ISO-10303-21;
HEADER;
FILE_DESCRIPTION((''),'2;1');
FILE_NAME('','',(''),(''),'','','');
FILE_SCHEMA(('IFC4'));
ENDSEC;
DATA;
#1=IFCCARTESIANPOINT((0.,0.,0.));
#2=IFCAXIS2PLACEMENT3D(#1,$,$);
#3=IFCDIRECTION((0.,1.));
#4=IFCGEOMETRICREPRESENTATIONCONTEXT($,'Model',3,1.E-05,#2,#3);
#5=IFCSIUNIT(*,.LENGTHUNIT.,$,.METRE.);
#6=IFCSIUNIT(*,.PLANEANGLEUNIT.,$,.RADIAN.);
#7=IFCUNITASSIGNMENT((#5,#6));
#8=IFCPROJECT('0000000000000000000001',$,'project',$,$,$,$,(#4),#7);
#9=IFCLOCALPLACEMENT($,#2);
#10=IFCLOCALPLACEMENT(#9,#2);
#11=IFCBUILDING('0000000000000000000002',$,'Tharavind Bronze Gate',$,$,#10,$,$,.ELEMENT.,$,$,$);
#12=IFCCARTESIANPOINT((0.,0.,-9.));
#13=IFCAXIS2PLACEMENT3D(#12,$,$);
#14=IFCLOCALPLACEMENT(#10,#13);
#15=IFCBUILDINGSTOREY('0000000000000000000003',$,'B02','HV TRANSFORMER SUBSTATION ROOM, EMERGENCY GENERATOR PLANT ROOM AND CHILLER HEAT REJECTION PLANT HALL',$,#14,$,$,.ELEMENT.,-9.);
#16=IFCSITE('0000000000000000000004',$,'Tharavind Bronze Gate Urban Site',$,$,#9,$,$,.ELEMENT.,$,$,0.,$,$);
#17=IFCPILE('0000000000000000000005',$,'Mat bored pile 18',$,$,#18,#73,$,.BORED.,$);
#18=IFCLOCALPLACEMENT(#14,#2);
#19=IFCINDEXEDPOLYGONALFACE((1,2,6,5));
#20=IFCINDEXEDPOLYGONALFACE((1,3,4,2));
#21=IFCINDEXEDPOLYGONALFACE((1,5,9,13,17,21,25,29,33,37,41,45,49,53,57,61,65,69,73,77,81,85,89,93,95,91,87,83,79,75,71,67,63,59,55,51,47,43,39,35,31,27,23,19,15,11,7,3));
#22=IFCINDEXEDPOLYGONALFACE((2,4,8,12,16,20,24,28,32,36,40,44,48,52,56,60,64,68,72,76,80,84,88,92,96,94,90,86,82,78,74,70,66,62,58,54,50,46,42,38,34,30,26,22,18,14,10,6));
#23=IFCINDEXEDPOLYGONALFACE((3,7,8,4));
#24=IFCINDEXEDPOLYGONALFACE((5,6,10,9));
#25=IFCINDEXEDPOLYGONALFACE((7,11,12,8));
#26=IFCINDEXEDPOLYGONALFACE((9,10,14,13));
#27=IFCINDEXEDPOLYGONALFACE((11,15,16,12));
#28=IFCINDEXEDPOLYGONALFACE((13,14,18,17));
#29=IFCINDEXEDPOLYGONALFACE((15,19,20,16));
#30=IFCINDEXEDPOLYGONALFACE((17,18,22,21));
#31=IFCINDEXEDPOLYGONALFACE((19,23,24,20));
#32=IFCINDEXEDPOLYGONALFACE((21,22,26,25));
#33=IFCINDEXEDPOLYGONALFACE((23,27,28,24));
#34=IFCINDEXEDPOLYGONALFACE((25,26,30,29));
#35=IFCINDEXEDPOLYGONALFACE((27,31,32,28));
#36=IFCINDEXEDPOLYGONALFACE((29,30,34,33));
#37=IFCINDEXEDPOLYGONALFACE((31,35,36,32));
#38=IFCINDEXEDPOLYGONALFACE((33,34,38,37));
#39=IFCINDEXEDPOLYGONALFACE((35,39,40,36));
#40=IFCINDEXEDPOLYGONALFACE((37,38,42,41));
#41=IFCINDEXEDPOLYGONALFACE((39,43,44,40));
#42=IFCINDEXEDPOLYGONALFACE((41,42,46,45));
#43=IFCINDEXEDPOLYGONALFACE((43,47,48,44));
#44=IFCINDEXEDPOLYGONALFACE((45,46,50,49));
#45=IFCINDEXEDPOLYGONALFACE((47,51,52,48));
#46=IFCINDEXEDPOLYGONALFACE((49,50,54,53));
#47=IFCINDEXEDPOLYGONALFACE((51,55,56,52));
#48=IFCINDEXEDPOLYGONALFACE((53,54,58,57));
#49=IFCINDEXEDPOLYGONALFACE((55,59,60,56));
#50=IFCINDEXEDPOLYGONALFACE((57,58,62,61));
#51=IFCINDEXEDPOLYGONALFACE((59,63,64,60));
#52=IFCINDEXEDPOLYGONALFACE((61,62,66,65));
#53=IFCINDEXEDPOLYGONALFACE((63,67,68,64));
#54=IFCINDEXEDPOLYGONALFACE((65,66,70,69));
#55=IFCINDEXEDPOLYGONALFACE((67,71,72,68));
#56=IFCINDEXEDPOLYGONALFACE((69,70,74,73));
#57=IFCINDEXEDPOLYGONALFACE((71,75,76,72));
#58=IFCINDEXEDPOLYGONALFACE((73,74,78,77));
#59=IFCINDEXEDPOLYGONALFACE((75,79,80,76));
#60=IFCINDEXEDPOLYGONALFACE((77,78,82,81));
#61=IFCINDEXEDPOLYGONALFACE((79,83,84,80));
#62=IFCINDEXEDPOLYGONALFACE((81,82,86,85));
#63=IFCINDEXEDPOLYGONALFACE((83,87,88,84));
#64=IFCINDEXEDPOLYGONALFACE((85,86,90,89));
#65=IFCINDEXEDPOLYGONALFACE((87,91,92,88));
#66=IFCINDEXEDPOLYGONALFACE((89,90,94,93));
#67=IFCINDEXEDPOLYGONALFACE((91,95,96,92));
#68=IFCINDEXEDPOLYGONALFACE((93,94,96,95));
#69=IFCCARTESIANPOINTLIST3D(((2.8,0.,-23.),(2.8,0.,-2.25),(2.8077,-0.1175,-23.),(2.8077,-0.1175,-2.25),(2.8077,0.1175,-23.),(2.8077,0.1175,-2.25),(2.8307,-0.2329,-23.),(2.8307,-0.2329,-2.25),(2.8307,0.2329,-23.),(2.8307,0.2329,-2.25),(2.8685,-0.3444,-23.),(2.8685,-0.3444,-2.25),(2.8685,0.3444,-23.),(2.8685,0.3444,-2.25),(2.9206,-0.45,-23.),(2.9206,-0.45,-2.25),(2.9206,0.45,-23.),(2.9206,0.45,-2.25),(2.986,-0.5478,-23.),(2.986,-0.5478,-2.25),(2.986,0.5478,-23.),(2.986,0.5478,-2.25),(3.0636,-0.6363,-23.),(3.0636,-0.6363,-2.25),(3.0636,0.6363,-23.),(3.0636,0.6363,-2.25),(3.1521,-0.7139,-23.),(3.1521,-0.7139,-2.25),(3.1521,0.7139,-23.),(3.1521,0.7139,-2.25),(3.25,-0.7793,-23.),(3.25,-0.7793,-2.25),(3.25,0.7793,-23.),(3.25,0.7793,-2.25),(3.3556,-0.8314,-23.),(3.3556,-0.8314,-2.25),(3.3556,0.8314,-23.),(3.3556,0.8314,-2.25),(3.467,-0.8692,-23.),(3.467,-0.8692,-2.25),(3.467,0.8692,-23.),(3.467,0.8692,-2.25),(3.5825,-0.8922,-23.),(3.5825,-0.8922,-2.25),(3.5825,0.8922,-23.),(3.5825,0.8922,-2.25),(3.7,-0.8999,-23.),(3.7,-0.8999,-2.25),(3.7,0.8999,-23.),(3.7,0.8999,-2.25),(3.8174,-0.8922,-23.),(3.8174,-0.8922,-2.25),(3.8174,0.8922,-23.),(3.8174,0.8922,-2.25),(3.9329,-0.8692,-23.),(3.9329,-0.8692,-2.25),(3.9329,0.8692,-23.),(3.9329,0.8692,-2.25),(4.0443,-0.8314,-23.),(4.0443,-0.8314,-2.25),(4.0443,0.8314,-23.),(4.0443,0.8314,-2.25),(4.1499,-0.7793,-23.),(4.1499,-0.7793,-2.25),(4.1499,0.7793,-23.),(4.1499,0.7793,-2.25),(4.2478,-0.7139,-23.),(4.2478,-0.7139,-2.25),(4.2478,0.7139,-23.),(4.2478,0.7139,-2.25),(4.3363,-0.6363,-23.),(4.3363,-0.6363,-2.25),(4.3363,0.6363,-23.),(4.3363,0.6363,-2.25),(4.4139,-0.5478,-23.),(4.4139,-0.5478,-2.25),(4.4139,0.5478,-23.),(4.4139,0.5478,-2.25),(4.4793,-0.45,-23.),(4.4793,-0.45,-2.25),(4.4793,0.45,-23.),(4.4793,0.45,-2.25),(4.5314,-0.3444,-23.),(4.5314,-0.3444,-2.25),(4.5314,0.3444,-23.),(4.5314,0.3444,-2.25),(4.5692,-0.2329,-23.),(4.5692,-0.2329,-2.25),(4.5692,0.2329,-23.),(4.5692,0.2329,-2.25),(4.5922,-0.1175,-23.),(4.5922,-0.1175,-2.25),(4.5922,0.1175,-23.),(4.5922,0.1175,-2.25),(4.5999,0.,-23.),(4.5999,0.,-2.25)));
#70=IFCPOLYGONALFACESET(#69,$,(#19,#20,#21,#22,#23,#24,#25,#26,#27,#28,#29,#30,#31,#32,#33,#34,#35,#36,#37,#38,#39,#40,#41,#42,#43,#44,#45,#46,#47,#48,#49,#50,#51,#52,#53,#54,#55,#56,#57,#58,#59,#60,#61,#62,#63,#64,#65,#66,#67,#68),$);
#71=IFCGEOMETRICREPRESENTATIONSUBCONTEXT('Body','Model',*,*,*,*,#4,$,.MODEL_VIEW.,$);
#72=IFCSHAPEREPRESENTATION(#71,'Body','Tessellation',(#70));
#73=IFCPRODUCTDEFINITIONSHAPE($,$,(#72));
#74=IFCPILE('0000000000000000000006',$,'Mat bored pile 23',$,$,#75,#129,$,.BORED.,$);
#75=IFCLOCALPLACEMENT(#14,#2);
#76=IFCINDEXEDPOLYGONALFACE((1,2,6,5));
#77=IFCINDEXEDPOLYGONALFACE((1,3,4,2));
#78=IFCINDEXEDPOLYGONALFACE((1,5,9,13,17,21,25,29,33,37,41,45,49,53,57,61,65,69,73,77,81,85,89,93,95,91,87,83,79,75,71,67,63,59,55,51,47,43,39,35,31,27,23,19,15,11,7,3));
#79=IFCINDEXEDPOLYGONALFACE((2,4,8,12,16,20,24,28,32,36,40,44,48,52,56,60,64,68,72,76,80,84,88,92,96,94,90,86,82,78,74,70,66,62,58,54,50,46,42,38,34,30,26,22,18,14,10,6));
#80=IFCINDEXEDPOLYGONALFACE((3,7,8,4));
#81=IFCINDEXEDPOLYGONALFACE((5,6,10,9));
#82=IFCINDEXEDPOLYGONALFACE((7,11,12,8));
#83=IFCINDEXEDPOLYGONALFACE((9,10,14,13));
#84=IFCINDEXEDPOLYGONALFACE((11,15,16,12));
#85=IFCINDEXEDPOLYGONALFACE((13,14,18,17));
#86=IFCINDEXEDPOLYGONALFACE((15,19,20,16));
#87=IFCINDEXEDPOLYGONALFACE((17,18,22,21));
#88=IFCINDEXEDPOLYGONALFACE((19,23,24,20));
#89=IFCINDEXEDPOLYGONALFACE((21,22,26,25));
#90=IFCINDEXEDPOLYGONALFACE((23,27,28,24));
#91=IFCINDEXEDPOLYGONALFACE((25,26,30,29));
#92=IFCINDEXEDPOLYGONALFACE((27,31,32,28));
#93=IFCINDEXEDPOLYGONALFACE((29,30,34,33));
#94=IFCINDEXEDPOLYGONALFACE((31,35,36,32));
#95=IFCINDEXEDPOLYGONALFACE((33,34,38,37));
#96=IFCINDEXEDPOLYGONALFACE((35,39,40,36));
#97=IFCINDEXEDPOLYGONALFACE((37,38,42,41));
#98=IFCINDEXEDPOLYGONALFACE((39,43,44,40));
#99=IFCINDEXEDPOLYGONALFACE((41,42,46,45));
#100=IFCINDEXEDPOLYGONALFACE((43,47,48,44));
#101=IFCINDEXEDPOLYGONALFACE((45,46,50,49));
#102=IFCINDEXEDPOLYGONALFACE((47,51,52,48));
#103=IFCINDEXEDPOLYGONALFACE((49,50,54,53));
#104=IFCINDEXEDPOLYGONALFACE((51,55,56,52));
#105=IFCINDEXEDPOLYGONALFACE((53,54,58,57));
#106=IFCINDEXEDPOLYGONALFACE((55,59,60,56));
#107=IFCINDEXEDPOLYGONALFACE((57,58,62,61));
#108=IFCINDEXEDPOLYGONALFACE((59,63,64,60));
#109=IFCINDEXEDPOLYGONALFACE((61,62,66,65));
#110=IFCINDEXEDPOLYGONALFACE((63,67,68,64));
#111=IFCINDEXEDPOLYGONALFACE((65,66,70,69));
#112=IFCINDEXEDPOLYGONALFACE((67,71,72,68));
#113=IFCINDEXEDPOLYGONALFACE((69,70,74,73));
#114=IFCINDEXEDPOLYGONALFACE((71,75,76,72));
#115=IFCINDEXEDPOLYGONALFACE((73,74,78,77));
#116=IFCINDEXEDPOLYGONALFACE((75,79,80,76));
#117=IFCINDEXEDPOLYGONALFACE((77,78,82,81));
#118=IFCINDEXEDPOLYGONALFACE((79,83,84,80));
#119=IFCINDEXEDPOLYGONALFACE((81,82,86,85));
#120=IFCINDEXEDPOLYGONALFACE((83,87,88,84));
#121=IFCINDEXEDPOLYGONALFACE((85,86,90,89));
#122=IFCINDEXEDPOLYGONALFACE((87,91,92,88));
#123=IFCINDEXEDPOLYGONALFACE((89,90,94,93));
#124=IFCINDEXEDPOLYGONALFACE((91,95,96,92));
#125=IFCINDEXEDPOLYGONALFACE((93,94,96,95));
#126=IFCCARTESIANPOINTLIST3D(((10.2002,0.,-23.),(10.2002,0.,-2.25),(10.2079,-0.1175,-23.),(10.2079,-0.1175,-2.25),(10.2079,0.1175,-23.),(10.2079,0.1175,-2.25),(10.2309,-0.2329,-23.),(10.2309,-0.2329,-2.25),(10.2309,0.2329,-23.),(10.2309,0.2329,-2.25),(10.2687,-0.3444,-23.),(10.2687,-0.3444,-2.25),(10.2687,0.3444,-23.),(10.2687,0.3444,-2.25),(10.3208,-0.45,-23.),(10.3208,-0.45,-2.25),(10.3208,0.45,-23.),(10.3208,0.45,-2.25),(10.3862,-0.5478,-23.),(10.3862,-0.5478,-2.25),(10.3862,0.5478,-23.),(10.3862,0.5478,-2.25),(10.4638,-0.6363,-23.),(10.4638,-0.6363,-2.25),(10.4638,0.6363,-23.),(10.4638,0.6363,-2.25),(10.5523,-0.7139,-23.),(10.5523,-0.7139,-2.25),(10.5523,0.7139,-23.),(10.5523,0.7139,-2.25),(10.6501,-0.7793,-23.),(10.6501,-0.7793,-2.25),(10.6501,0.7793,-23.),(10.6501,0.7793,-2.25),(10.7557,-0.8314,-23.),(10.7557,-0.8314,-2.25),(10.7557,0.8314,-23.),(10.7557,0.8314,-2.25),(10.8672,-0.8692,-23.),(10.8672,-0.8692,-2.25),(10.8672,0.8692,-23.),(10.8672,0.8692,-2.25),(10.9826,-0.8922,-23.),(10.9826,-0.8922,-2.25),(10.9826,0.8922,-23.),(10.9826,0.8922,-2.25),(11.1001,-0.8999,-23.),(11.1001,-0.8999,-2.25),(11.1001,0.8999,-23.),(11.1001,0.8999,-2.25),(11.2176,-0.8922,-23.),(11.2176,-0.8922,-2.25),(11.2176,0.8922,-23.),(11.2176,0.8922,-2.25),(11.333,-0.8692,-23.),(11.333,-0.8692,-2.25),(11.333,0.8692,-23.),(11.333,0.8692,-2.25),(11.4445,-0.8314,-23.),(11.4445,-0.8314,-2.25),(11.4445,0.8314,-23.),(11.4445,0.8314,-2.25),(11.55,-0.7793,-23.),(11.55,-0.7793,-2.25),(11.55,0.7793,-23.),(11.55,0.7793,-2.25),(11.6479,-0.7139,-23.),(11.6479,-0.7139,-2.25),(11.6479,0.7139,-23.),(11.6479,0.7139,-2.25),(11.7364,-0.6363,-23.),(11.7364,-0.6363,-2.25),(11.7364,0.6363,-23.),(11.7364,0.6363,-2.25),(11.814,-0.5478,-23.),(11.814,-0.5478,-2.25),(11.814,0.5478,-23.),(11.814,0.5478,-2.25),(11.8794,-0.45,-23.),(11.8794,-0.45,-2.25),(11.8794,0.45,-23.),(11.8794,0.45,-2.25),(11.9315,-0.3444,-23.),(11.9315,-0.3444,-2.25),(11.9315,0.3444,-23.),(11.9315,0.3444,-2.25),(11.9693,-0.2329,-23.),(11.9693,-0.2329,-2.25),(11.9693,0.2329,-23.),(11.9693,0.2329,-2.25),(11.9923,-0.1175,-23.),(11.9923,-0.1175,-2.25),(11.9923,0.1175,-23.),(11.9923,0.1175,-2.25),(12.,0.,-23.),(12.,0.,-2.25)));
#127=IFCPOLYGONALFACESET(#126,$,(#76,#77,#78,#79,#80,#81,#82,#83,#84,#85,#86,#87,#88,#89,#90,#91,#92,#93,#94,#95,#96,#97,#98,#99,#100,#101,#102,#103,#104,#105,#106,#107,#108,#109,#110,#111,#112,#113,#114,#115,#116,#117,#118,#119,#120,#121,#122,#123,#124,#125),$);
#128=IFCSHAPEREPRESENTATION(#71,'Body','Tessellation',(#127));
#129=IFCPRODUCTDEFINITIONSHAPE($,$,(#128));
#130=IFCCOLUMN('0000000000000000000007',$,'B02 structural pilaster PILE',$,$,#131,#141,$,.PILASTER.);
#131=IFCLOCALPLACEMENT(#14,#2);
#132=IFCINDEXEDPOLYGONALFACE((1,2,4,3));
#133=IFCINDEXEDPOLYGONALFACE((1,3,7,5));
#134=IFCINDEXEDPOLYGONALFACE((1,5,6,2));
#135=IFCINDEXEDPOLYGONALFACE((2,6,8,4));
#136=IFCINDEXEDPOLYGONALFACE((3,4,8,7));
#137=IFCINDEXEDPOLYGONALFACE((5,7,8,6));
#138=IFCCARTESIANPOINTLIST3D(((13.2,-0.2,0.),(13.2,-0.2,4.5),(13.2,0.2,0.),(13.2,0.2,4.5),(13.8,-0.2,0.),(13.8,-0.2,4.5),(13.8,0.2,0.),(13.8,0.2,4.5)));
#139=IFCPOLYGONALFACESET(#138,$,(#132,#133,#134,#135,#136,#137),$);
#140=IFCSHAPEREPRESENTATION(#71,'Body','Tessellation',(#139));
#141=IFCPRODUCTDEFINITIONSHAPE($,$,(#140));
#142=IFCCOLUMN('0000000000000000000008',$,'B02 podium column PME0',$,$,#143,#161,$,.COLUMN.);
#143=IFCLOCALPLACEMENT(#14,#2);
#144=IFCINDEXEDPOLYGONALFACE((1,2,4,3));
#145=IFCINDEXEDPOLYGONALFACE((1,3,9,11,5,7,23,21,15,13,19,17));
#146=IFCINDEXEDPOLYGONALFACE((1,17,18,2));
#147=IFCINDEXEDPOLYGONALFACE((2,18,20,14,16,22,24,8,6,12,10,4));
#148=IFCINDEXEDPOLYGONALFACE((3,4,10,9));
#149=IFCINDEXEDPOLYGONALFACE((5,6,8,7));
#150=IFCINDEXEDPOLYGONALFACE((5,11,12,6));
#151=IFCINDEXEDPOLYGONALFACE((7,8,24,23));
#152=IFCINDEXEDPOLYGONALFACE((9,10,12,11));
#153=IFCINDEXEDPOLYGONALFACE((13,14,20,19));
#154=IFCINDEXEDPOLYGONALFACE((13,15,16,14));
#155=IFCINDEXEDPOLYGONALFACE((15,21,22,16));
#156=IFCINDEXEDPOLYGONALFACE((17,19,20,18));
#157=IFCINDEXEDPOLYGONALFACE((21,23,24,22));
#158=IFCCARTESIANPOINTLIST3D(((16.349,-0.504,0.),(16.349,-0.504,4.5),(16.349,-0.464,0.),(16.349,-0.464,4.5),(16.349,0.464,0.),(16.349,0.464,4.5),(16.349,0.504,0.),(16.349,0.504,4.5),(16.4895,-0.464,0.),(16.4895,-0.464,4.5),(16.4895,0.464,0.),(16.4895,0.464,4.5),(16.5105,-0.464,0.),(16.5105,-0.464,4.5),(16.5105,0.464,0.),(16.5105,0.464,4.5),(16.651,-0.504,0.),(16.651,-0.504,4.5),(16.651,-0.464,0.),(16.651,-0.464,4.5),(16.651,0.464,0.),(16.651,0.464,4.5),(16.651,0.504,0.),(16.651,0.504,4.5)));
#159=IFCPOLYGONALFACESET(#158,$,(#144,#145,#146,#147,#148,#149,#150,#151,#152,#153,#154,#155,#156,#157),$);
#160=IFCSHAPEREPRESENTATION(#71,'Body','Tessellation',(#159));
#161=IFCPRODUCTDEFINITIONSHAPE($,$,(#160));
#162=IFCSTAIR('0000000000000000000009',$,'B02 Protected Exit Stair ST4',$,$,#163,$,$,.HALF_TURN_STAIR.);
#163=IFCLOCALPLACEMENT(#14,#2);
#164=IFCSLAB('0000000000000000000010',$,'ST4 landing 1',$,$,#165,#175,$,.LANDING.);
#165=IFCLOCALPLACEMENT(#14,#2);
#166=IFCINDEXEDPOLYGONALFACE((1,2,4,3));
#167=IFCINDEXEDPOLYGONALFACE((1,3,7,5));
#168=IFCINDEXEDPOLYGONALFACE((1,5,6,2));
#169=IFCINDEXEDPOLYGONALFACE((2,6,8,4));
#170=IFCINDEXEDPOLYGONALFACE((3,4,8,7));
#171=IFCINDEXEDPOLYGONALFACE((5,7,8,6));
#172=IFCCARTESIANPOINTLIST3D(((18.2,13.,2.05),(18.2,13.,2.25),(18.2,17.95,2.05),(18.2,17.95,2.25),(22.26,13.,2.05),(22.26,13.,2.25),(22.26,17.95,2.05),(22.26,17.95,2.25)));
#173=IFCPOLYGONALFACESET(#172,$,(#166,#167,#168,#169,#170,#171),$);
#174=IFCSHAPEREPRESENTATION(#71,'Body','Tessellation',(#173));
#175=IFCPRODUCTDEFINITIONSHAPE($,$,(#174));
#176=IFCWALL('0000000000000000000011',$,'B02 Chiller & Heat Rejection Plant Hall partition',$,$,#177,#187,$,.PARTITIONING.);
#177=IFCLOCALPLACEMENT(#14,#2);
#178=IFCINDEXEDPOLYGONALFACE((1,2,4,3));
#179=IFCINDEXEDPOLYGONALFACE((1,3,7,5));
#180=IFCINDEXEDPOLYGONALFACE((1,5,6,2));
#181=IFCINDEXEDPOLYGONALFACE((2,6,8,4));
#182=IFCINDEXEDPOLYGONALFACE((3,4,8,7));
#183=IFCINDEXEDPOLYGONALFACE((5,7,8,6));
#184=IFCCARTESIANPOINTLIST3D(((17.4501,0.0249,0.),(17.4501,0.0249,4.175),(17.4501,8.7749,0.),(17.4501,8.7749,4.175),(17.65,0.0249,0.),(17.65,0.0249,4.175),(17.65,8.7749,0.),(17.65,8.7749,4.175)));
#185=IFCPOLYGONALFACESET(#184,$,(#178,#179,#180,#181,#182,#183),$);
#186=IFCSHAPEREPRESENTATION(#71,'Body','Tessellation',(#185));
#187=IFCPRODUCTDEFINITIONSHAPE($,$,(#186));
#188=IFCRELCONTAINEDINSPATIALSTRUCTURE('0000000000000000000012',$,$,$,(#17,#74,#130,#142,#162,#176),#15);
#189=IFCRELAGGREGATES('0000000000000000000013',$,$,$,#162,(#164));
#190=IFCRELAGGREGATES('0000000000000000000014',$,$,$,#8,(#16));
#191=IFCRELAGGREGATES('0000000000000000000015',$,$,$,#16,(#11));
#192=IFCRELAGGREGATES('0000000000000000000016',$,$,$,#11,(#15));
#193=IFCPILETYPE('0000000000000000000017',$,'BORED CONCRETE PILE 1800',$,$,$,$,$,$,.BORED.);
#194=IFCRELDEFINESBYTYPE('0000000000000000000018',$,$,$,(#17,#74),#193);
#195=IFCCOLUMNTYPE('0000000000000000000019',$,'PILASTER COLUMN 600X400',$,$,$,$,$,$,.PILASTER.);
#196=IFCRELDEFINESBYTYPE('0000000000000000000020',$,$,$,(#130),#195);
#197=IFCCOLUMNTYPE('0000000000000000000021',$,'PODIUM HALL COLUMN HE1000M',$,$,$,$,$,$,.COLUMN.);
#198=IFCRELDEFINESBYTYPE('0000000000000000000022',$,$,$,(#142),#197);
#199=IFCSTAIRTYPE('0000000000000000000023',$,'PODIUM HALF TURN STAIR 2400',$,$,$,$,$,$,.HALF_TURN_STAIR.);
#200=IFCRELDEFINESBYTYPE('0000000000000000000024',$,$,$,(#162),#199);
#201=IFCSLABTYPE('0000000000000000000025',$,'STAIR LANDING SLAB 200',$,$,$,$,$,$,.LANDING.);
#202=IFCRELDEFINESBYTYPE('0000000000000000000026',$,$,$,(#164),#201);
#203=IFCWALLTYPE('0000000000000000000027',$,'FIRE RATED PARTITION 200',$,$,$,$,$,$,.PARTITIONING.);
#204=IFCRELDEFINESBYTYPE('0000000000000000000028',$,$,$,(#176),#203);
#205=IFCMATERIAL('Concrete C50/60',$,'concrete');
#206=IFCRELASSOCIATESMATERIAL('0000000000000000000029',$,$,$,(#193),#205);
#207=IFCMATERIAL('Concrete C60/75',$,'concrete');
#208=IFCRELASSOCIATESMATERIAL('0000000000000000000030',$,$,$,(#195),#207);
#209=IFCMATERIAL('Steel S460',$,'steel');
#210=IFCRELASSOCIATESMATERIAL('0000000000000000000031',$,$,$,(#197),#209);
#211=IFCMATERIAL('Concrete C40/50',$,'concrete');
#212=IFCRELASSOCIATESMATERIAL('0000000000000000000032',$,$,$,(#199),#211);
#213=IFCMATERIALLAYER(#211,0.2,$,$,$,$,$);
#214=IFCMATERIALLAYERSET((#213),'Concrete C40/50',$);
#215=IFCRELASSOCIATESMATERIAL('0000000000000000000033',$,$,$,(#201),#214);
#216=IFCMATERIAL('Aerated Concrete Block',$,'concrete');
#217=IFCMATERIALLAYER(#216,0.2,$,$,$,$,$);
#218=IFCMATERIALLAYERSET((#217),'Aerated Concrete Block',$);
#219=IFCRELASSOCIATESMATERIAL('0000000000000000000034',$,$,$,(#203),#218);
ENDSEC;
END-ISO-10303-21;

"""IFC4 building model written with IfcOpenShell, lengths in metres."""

from ifc_helpers import new_model, si_unit, direction, frame, frame_2d, origin, origin_2d, place, context, subcontext, project, spatial, polyline, rectangle, circle, i_section, outline, extrude, material, layer, layer_set, material_profile, profile_set, type_object, element, aggregate, save


model = new_model("IFC4")

# Units and contexts
model_context = context("Model", 3, precision=1e-05, world=origin(), true_north=direction((0.0, 1.0)))
body_context = subcontext(model_context, "Body", "Model", "MODEL_VIEW")
ifc_project = project(units=[si_unit("LENGTHUNIT", "METRE"), si_unit("PLANEANGLEUNIT", "RADIAN")], contexts=[model_context])

# Site, building, storey
site_placement = place(None, origin())
site = spatial("IfcSite", under=ifc_project, at=site_placement, Name="Tharavind Bronze Gate Urban Site", CompositionType="ELEMENT", RefElevation=0.0)
building_placement = place(site_placement, origin())
building = spatial("IfcBuilding", under=site, at=building_placement, Name="Tharavind Bronze Gate", CompositionType="ELEMENT")
storey_placement = place(building_placement, frame((0.0, 0.0, -9.0)))
storey = spatial("IfcBuildingStorey", under=building, at=storey_placement, Name="B02", Description="HV TRANSFORMER SUBSTATION ROOM, EMERGENCY GENERATOR PLANT ROOM AND CHILLER HEAT REJECTION PLANT HALL", CompositionType="ELEMENT", Elevation=-9.0)

# Piles
ifc_material_1 = material(Name="Concrete C50/60", Category="concrete")
ifc_material_profile_1 = material_profile(ifc_material_1, circle(Radius=0.8999, at=origin_2d()), Name="PILE1800")
ifc_profile_set_1 = profile_set([ifc_material_profile_1], Name="Concrete C50/60")
pile_type = type_object("IfcPileType", Name="BORED CONCRETE PILE 1800", PredefinedType="BORED", material=ifc_profile_set_1)
for number, where, z_axis, x_axis, name in (
    (1, (3.7, 0.0, -2.25), (0.0, 0.0, -1.0), (1.0, 0.0, 0.0), "Mat bored pile 18"),
    (2, (11.1001, 0.0, -2.25), (0.0, 0.0, -1.0), (1.0, 0.0, 0.0), "Mat bored pile 23"),
):
    element("IfcPile", number, at=place(storey_placement, frame(where, z_axis=z_axis, x_axis=x_axis)), inside=storey, type_object=pile_type, Name=name, PredefinedType="BORED", context=body_context, shape_type="SweptSolid", body=[
        extrude(circle(Radius=0.8999, at=origin_2d()), origin(), (0.0, 0.0, 1.0), 20.75),
    ])

# Columns
ifc_material_2 = material(Name="Concrete C60/75", Category="concrete")
ifc_material_profile_2 = material_profile(ifc_material_2, rectangle(XDim=0.6001, YDim=0.3999, at=origin_2d()), Name="RCPIL600X400")
ifc_profile_set_2 = profile_set([ifc_material_profile_2], Name="Concrete C60/75")
column_type_1 = type_object("IfcColumnType", Name="PILASTER COLUMN 600X400", PredefinedType="PILASTER", material=ifc_profile_set_2)
column_1_placement = place(storey_placement, frame((13.5, 0.0, 0.0), z_axis=(0.0, 0.0, 1.0), x_axis=(1.0, 0.0, 0.0)))
element("IfcColumn", 3, at=column_1_placement, inside=storey, type_object=column_type_1, Name="B02 structural pilaster PILE", PredefinedType="PILASTER", context=body_context, shape_type="SweptSolid", body=[
    extrude(rectangle(XDim=0.6001, YDim=0.3999, at=origin_2d()), origin(), (0.0, 0.0, 1.0), 4.5),
])
ifc_material_3 = material(Name="Steel S460", Category="steel")
ifc_material_profile_3 = material_profile(ifc_material_3, i_section(OverallWidth=0.302, OverallDepth=1.0081, WebThickness=0.021, FlangeThickness=0.04, at=origin_2d()), Name="HE1000M")
ifc_profile_set_3 = profile_set([ifc_material_profile_3], Name="Steel S460")
column_type_2 = type_object("IfcColumnType", Name="PODIUM HALL COLUMN HE1000M", PredefinedType="COLUMN", material=ifc_profile_set_3)
column_2_placement = place(storey_placement, frame((16.5, 0.0, 0.0), z_axis=(0.0, 0.0, 1.0), x_axis=(1.0, 0.0, 0.0)))
element("IfcColumn", 4, at=column_2_placement, inside=storey, type_object=column_type_2, Name="B02 podium column PME0", PredefinedType="COLUMN", context=body_context, shape_type="SweptSolid", body=[
    extrude(i_section(OverallWidth=0.302, OverallDepth=1.0081, WebThickness=0.021, FlangeThickness=0.04, at=origin_2d()), origin(), (0.0, 0.0, 1.0), 4.5),
])

# Stair, slab
ifc_material_4 = material(Name="Concrete C40/50", Category="concrete")
stair_type_1 = type_object("IfcStairType", Name="PODIUM HALF TURN STAIR 2400", PredefinedType="HALF_TURN_STAIR", material=ifc_material_4)
stair_1_placement = place(storey_placement, origin())
stair_1 = element("IfcStair", 5, at=stair_1_placement, inside=storey, type_object=stair_type_1, Name="B02 Protected Exit Stair ST4", PredefinedType="HALF_TURN_STAIR")
ifc_layer_1 = layer(ifc_material_4, 0.2)
ifc_layer_set_1 = layer_set([ifc_layer_1], Name="Concrete C40/50")
slab_type = type_object("IfcSlabType", Name="STAIR LANDING SLAB 200", PredefinedType="LANDING", material=ifc_layer_set_1)
slab_placement = place(storey_placement, frame((0.0, 0.0, 2.05)))
slab = element("IfcSlab", 6, at=slab_placement, type_object=slab_type, Name="ST4 landing 1", PredefinedType="LANDING", context=body_context, shape_type="SweptSolid", body=[
    extrude(outline(polyline([(22.26, 17.95), (18.2, 17.95), (18.2, 13.0), (22.26, 13.0), (22.26, 17.95)])), origin(), (0.0, 0.0, 1.0), 0.2),
])
aggregate(stair_1, [slab])

# Wall
ifc_material_5 = material(Name="Aerated Concrete Block", Category="concrete")
ifc_layer_2 = layer(ifc_material_5, 0.2)
ifc_layer_set_2 = layer_set([ifc_layer_2], Name="Aerated Concrete Block")
wall_type_1 = type_object("IfcWallType", Name="FIRE RATED PARTITION 200", PredefinedType="PARTITIONING", material=ifc_layer_set_2)
wall_1_placement = place(storey_placement, frame((17.55, 0.0249, 0.0), z_axis=(0.0, 0.0, 1.0), x_axis=(0.0, 1.0, 0.0)))
element("IfcWall", 7, at=wall_1_placement, inside=storey, type_object=wall_type_1, Name="B02 Chiller & Heat Rejection Plant Hall partition", PredefinedType="PARTITIONING", context=body_context, shape_type="SweptSolid", body=[
    extrude(rectangle(XDim=8.75, YDim=0.2, at=frame_2d((4.375, 0.0))), origin(), (0.0, 0.0, 1.0), 4.175),
])

save(model, "model.ifc")
